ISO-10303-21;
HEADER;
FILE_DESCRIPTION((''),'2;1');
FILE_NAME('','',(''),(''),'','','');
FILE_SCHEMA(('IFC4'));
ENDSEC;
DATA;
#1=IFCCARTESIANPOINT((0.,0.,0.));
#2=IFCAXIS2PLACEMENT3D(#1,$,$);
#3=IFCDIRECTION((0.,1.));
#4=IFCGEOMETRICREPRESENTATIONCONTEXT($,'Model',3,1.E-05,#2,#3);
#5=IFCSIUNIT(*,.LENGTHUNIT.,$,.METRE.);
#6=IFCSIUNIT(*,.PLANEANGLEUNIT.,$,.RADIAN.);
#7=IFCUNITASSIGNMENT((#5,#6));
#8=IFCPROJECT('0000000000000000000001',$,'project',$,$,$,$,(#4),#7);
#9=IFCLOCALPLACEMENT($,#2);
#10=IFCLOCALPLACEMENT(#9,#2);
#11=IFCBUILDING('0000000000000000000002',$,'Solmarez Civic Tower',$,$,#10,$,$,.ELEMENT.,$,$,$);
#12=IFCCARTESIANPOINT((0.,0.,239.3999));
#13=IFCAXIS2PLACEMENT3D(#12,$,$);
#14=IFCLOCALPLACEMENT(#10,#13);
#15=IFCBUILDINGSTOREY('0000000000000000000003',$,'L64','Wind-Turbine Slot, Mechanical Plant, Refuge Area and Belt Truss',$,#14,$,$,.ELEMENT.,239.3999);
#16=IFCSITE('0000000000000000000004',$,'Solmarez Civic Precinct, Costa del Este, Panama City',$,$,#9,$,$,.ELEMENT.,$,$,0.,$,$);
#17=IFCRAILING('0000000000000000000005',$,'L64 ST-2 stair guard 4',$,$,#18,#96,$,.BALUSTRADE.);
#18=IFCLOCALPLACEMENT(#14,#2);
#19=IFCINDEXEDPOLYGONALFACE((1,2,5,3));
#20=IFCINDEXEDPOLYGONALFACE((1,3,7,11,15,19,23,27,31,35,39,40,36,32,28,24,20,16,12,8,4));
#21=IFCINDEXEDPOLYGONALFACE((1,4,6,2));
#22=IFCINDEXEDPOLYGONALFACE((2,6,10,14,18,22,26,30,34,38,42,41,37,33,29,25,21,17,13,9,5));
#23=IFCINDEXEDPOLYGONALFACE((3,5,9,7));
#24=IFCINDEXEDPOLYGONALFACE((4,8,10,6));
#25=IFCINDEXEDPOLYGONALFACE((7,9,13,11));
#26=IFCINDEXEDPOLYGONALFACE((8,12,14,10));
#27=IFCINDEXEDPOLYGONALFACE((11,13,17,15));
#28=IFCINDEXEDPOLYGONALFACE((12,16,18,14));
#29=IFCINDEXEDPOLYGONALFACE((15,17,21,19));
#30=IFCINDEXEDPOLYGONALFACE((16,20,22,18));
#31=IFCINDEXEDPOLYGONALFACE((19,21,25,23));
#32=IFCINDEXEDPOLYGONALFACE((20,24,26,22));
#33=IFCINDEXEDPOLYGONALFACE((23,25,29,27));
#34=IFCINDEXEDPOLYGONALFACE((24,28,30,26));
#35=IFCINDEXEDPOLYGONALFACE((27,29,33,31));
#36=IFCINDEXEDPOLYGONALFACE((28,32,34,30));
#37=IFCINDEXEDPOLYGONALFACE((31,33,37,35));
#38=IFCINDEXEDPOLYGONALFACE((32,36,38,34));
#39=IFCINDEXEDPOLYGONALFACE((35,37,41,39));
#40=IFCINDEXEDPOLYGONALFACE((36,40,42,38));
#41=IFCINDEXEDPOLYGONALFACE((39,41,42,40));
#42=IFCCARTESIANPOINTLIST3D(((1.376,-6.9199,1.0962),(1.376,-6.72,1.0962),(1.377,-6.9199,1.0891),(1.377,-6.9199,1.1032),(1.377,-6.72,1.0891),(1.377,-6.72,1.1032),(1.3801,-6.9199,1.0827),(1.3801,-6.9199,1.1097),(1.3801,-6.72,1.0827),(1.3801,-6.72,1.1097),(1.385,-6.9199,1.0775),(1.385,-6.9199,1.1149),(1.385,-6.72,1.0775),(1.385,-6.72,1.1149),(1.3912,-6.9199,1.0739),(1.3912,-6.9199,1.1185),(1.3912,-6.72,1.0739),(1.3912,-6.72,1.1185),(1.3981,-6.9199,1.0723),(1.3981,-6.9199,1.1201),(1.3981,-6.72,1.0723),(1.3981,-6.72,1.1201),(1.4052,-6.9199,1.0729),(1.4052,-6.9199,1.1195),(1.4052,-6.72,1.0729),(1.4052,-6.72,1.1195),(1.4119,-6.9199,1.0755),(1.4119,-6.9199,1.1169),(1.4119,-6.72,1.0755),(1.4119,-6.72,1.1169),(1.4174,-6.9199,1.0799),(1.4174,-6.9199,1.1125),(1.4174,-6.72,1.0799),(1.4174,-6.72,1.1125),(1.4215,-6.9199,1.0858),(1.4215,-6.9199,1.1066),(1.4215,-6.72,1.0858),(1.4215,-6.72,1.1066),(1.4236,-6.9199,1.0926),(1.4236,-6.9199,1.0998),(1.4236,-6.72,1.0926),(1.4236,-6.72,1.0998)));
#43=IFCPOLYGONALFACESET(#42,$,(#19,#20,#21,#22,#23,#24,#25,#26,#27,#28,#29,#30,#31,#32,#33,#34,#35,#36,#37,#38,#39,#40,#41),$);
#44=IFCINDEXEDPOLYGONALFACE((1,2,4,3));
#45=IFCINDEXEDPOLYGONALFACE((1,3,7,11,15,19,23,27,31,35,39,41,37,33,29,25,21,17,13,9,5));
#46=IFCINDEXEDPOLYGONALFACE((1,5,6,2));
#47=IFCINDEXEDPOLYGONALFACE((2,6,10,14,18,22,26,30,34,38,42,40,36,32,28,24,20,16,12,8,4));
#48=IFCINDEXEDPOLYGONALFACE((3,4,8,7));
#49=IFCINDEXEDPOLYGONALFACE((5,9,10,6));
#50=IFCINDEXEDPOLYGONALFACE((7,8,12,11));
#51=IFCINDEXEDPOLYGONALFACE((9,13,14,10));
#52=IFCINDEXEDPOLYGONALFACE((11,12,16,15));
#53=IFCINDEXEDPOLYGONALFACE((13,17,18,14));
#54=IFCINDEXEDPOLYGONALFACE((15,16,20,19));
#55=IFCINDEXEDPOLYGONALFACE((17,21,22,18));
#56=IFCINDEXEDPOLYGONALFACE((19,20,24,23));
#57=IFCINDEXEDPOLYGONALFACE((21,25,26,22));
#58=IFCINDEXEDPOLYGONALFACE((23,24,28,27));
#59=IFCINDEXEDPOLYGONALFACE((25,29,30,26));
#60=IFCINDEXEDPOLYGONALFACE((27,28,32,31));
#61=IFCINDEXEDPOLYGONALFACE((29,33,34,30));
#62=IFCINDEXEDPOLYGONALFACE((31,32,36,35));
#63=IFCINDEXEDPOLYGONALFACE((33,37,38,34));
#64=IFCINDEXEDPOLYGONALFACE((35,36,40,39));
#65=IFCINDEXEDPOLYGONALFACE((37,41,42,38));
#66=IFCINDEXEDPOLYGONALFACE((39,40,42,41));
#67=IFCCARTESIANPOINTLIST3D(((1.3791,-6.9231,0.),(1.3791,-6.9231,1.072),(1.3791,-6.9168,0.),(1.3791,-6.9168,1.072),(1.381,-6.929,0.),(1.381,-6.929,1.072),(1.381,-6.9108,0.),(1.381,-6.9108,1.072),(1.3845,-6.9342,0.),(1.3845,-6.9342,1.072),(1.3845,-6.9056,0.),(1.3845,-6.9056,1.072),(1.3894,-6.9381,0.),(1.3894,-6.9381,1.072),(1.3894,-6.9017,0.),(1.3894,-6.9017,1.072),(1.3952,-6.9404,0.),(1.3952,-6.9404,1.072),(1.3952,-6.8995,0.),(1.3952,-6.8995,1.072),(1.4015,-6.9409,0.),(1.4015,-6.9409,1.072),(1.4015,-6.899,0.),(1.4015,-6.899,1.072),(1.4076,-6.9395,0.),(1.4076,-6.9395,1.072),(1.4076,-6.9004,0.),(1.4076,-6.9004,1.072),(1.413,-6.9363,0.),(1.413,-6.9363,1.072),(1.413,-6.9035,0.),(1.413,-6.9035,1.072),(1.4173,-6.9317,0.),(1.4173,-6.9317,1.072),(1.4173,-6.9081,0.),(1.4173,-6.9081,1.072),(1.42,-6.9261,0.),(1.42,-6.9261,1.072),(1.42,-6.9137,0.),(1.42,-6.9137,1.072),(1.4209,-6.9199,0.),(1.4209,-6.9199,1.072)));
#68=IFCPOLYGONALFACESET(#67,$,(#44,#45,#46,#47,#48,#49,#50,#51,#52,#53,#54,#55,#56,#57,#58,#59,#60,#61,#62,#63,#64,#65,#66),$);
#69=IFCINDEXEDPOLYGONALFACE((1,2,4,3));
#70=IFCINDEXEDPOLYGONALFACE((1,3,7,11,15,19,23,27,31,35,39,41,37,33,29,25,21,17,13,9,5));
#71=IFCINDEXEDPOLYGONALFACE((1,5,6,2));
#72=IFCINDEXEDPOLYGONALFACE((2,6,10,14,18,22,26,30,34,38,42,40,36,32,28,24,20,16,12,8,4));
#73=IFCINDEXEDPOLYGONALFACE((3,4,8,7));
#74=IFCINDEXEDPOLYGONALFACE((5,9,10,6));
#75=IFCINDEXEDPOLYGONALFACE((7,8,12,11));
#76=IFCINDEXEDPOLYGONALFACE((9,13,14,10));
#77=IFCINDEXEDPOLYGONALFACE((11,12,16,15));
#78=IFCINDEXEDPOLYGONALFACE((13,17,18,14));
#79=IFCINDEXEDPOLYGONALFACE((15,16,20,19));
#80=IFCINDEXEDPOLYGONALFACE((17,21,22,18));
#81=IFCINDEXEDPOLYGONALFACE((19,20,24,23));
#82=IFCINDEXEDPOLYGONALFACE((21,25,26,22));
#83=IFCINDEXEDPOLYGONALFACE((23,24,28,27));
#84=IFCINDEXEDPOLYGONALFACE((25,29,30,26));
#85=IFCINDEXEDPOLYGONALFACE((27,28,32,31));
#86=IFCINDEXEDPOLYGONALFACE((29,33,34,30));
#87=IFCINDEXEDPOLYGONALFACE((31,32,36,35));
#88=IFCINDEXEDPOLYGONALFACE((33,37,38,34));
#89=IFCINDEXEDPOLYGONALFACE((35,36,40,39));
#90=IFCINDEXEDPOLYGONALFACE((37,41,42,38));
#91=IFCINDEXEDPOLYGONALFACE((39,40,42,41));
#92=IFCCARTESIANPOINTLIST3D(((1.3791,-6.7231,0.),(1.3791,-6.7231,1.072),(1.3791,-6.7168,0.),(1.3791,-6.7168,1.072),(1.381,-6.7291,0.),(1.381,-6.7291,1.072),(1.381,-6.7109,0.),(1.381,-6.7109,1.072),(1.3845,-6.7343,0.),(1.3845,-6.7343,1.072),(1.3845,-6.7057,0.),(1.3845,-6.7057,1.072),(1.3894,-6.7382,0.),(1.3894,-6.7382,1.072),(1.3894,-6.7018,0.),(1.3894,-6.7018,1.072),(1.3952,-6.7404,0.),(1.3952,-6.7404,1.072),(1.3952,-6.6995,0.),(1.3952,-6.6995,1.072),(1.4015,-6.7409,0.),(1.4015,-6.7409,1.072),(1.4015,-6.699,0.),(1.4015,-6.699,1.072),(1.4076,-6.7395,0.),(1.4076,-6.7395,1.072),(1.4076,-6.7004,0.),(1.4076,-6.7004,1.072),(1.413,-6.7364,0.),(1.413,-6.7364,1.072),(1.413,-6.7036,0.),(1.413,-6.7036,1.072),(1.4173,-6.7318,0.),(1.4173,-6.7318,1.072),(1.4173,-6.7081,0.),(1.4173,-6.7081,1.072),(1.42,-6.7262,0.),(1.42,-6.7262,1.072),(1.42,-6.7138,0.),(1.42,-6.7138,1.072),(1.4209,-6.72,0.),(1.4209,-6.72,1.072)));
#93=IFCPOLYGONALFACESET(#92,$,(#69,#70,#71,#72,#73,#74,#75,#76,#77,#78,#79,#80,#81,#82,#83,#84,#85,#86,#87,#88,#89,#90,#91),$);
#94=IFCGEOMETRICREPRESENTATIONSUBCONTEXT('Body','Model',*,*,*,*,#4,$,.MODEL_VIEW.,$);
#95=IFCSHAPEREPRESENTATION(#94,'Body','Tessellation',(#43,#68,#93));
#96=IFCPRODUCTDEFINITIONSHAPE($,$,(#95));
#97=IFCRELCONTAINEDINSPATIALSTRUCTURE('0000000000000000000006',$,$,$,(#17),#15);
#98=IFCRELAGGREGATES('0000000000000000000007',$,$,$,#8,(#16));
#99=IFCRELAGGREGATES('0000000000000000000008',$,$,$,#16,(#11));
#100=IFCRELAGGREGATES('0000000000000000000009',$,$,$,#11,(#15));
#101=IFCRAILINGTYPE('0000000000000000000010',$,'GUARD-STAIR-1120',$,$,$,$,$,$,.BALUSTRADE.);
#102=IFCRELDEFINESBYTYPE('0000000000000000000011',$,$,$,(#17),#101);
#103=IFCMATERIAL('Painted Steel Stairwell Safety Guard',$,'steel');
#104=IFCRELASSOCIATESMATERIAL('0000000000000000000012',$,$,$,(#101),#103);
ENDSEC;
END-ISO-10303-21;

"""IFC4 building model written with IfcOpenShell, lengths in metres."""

from ifc_helpers import new_model, si_unit, direction, frame, origin, origin_2d, place, context, subcontext, project, spatial, circle, extrude, material, type_object, element, save


model = new_model("IFC4")

# Units and contexts
model_context = context("Model", 3, precision=1e-05, world=origin(), true_north=direction((0.0, 1.0)))
body_context = subcontext(model_context, "Body", "Model", "MODEL_VIEW")
ifc_project = project(units=[si_unit("LENGTHUNIT", "METRE"), si_unit("PLANEANGLEUNIT", "RADIAN")], contexts=[model_context])

# Site, building, storey
site_placement = place(None, origin())
site = spatial("IfcSite", under=ifc_project, at=site_placement, Name="Solmarez Civic Precinct, Costa del Este, Panama City", CompositionType="ELEMENT", RefElevation=0.0)
building_placement = place(site_placement, origin())
building = spatial("IfcBuilding", under=site, at=building_placement, Name="Solmarez Civic Tower", CompositionType="ELEMENT")
storey_placement = place(building_placement, frame((0.0, 0.0, 239.3999)))
storey = spatial("IfcBuildingStorey", under=building, at=storey_placement, Name="L64", Description="Wind-Turbine Slot, Mechanical Plant, Refuge Area and Belt Truss", CompositionType="ELEMENT", Elevation=239.3999)

# Railing
ifc_material_1 = material(Name="Painted Steel Stairwell Safety Guard", Category="steel")
railing_type_1 = type_object("IfcRailingType", Name="GUARD-STAIR-1120", PredefinedType="BALUSTRADE", material=ifc_material_1)
railing_1_placement = place(storey_placement, frame((1.3999, -6.9199, 0.0)))
element("IfcRailing", 1, at=railing_1_placement, inside=storey, type_object=railing_type_1, Name="L64 ST-2 stair guard 4", PredefinedType="BALUSTRADE", context=body_context, shape_type="SweptSolid", body=[
    extrude(circle(Radius=0.0239, at=origin_2d()), frame((0.0, 0.0, 1.0962), z_axis=(0.0, 1.0, 0.0), x_axis=(-1.0, 0.0, 0.0)), (0.0, 0.0, 1.0), 0.2),
    extrude(circle(Radius=0.021, at=origin_2d()), origin(), (0.0, 0.0, 1.0), 1.072),
    extrude(circle(Radius=0.021, at=origin_2d()), frame((0.0, 0.2, 0.0)), (0.0, 0.0, 1.0), 1.072),
])

save(model, "model.ifc")
